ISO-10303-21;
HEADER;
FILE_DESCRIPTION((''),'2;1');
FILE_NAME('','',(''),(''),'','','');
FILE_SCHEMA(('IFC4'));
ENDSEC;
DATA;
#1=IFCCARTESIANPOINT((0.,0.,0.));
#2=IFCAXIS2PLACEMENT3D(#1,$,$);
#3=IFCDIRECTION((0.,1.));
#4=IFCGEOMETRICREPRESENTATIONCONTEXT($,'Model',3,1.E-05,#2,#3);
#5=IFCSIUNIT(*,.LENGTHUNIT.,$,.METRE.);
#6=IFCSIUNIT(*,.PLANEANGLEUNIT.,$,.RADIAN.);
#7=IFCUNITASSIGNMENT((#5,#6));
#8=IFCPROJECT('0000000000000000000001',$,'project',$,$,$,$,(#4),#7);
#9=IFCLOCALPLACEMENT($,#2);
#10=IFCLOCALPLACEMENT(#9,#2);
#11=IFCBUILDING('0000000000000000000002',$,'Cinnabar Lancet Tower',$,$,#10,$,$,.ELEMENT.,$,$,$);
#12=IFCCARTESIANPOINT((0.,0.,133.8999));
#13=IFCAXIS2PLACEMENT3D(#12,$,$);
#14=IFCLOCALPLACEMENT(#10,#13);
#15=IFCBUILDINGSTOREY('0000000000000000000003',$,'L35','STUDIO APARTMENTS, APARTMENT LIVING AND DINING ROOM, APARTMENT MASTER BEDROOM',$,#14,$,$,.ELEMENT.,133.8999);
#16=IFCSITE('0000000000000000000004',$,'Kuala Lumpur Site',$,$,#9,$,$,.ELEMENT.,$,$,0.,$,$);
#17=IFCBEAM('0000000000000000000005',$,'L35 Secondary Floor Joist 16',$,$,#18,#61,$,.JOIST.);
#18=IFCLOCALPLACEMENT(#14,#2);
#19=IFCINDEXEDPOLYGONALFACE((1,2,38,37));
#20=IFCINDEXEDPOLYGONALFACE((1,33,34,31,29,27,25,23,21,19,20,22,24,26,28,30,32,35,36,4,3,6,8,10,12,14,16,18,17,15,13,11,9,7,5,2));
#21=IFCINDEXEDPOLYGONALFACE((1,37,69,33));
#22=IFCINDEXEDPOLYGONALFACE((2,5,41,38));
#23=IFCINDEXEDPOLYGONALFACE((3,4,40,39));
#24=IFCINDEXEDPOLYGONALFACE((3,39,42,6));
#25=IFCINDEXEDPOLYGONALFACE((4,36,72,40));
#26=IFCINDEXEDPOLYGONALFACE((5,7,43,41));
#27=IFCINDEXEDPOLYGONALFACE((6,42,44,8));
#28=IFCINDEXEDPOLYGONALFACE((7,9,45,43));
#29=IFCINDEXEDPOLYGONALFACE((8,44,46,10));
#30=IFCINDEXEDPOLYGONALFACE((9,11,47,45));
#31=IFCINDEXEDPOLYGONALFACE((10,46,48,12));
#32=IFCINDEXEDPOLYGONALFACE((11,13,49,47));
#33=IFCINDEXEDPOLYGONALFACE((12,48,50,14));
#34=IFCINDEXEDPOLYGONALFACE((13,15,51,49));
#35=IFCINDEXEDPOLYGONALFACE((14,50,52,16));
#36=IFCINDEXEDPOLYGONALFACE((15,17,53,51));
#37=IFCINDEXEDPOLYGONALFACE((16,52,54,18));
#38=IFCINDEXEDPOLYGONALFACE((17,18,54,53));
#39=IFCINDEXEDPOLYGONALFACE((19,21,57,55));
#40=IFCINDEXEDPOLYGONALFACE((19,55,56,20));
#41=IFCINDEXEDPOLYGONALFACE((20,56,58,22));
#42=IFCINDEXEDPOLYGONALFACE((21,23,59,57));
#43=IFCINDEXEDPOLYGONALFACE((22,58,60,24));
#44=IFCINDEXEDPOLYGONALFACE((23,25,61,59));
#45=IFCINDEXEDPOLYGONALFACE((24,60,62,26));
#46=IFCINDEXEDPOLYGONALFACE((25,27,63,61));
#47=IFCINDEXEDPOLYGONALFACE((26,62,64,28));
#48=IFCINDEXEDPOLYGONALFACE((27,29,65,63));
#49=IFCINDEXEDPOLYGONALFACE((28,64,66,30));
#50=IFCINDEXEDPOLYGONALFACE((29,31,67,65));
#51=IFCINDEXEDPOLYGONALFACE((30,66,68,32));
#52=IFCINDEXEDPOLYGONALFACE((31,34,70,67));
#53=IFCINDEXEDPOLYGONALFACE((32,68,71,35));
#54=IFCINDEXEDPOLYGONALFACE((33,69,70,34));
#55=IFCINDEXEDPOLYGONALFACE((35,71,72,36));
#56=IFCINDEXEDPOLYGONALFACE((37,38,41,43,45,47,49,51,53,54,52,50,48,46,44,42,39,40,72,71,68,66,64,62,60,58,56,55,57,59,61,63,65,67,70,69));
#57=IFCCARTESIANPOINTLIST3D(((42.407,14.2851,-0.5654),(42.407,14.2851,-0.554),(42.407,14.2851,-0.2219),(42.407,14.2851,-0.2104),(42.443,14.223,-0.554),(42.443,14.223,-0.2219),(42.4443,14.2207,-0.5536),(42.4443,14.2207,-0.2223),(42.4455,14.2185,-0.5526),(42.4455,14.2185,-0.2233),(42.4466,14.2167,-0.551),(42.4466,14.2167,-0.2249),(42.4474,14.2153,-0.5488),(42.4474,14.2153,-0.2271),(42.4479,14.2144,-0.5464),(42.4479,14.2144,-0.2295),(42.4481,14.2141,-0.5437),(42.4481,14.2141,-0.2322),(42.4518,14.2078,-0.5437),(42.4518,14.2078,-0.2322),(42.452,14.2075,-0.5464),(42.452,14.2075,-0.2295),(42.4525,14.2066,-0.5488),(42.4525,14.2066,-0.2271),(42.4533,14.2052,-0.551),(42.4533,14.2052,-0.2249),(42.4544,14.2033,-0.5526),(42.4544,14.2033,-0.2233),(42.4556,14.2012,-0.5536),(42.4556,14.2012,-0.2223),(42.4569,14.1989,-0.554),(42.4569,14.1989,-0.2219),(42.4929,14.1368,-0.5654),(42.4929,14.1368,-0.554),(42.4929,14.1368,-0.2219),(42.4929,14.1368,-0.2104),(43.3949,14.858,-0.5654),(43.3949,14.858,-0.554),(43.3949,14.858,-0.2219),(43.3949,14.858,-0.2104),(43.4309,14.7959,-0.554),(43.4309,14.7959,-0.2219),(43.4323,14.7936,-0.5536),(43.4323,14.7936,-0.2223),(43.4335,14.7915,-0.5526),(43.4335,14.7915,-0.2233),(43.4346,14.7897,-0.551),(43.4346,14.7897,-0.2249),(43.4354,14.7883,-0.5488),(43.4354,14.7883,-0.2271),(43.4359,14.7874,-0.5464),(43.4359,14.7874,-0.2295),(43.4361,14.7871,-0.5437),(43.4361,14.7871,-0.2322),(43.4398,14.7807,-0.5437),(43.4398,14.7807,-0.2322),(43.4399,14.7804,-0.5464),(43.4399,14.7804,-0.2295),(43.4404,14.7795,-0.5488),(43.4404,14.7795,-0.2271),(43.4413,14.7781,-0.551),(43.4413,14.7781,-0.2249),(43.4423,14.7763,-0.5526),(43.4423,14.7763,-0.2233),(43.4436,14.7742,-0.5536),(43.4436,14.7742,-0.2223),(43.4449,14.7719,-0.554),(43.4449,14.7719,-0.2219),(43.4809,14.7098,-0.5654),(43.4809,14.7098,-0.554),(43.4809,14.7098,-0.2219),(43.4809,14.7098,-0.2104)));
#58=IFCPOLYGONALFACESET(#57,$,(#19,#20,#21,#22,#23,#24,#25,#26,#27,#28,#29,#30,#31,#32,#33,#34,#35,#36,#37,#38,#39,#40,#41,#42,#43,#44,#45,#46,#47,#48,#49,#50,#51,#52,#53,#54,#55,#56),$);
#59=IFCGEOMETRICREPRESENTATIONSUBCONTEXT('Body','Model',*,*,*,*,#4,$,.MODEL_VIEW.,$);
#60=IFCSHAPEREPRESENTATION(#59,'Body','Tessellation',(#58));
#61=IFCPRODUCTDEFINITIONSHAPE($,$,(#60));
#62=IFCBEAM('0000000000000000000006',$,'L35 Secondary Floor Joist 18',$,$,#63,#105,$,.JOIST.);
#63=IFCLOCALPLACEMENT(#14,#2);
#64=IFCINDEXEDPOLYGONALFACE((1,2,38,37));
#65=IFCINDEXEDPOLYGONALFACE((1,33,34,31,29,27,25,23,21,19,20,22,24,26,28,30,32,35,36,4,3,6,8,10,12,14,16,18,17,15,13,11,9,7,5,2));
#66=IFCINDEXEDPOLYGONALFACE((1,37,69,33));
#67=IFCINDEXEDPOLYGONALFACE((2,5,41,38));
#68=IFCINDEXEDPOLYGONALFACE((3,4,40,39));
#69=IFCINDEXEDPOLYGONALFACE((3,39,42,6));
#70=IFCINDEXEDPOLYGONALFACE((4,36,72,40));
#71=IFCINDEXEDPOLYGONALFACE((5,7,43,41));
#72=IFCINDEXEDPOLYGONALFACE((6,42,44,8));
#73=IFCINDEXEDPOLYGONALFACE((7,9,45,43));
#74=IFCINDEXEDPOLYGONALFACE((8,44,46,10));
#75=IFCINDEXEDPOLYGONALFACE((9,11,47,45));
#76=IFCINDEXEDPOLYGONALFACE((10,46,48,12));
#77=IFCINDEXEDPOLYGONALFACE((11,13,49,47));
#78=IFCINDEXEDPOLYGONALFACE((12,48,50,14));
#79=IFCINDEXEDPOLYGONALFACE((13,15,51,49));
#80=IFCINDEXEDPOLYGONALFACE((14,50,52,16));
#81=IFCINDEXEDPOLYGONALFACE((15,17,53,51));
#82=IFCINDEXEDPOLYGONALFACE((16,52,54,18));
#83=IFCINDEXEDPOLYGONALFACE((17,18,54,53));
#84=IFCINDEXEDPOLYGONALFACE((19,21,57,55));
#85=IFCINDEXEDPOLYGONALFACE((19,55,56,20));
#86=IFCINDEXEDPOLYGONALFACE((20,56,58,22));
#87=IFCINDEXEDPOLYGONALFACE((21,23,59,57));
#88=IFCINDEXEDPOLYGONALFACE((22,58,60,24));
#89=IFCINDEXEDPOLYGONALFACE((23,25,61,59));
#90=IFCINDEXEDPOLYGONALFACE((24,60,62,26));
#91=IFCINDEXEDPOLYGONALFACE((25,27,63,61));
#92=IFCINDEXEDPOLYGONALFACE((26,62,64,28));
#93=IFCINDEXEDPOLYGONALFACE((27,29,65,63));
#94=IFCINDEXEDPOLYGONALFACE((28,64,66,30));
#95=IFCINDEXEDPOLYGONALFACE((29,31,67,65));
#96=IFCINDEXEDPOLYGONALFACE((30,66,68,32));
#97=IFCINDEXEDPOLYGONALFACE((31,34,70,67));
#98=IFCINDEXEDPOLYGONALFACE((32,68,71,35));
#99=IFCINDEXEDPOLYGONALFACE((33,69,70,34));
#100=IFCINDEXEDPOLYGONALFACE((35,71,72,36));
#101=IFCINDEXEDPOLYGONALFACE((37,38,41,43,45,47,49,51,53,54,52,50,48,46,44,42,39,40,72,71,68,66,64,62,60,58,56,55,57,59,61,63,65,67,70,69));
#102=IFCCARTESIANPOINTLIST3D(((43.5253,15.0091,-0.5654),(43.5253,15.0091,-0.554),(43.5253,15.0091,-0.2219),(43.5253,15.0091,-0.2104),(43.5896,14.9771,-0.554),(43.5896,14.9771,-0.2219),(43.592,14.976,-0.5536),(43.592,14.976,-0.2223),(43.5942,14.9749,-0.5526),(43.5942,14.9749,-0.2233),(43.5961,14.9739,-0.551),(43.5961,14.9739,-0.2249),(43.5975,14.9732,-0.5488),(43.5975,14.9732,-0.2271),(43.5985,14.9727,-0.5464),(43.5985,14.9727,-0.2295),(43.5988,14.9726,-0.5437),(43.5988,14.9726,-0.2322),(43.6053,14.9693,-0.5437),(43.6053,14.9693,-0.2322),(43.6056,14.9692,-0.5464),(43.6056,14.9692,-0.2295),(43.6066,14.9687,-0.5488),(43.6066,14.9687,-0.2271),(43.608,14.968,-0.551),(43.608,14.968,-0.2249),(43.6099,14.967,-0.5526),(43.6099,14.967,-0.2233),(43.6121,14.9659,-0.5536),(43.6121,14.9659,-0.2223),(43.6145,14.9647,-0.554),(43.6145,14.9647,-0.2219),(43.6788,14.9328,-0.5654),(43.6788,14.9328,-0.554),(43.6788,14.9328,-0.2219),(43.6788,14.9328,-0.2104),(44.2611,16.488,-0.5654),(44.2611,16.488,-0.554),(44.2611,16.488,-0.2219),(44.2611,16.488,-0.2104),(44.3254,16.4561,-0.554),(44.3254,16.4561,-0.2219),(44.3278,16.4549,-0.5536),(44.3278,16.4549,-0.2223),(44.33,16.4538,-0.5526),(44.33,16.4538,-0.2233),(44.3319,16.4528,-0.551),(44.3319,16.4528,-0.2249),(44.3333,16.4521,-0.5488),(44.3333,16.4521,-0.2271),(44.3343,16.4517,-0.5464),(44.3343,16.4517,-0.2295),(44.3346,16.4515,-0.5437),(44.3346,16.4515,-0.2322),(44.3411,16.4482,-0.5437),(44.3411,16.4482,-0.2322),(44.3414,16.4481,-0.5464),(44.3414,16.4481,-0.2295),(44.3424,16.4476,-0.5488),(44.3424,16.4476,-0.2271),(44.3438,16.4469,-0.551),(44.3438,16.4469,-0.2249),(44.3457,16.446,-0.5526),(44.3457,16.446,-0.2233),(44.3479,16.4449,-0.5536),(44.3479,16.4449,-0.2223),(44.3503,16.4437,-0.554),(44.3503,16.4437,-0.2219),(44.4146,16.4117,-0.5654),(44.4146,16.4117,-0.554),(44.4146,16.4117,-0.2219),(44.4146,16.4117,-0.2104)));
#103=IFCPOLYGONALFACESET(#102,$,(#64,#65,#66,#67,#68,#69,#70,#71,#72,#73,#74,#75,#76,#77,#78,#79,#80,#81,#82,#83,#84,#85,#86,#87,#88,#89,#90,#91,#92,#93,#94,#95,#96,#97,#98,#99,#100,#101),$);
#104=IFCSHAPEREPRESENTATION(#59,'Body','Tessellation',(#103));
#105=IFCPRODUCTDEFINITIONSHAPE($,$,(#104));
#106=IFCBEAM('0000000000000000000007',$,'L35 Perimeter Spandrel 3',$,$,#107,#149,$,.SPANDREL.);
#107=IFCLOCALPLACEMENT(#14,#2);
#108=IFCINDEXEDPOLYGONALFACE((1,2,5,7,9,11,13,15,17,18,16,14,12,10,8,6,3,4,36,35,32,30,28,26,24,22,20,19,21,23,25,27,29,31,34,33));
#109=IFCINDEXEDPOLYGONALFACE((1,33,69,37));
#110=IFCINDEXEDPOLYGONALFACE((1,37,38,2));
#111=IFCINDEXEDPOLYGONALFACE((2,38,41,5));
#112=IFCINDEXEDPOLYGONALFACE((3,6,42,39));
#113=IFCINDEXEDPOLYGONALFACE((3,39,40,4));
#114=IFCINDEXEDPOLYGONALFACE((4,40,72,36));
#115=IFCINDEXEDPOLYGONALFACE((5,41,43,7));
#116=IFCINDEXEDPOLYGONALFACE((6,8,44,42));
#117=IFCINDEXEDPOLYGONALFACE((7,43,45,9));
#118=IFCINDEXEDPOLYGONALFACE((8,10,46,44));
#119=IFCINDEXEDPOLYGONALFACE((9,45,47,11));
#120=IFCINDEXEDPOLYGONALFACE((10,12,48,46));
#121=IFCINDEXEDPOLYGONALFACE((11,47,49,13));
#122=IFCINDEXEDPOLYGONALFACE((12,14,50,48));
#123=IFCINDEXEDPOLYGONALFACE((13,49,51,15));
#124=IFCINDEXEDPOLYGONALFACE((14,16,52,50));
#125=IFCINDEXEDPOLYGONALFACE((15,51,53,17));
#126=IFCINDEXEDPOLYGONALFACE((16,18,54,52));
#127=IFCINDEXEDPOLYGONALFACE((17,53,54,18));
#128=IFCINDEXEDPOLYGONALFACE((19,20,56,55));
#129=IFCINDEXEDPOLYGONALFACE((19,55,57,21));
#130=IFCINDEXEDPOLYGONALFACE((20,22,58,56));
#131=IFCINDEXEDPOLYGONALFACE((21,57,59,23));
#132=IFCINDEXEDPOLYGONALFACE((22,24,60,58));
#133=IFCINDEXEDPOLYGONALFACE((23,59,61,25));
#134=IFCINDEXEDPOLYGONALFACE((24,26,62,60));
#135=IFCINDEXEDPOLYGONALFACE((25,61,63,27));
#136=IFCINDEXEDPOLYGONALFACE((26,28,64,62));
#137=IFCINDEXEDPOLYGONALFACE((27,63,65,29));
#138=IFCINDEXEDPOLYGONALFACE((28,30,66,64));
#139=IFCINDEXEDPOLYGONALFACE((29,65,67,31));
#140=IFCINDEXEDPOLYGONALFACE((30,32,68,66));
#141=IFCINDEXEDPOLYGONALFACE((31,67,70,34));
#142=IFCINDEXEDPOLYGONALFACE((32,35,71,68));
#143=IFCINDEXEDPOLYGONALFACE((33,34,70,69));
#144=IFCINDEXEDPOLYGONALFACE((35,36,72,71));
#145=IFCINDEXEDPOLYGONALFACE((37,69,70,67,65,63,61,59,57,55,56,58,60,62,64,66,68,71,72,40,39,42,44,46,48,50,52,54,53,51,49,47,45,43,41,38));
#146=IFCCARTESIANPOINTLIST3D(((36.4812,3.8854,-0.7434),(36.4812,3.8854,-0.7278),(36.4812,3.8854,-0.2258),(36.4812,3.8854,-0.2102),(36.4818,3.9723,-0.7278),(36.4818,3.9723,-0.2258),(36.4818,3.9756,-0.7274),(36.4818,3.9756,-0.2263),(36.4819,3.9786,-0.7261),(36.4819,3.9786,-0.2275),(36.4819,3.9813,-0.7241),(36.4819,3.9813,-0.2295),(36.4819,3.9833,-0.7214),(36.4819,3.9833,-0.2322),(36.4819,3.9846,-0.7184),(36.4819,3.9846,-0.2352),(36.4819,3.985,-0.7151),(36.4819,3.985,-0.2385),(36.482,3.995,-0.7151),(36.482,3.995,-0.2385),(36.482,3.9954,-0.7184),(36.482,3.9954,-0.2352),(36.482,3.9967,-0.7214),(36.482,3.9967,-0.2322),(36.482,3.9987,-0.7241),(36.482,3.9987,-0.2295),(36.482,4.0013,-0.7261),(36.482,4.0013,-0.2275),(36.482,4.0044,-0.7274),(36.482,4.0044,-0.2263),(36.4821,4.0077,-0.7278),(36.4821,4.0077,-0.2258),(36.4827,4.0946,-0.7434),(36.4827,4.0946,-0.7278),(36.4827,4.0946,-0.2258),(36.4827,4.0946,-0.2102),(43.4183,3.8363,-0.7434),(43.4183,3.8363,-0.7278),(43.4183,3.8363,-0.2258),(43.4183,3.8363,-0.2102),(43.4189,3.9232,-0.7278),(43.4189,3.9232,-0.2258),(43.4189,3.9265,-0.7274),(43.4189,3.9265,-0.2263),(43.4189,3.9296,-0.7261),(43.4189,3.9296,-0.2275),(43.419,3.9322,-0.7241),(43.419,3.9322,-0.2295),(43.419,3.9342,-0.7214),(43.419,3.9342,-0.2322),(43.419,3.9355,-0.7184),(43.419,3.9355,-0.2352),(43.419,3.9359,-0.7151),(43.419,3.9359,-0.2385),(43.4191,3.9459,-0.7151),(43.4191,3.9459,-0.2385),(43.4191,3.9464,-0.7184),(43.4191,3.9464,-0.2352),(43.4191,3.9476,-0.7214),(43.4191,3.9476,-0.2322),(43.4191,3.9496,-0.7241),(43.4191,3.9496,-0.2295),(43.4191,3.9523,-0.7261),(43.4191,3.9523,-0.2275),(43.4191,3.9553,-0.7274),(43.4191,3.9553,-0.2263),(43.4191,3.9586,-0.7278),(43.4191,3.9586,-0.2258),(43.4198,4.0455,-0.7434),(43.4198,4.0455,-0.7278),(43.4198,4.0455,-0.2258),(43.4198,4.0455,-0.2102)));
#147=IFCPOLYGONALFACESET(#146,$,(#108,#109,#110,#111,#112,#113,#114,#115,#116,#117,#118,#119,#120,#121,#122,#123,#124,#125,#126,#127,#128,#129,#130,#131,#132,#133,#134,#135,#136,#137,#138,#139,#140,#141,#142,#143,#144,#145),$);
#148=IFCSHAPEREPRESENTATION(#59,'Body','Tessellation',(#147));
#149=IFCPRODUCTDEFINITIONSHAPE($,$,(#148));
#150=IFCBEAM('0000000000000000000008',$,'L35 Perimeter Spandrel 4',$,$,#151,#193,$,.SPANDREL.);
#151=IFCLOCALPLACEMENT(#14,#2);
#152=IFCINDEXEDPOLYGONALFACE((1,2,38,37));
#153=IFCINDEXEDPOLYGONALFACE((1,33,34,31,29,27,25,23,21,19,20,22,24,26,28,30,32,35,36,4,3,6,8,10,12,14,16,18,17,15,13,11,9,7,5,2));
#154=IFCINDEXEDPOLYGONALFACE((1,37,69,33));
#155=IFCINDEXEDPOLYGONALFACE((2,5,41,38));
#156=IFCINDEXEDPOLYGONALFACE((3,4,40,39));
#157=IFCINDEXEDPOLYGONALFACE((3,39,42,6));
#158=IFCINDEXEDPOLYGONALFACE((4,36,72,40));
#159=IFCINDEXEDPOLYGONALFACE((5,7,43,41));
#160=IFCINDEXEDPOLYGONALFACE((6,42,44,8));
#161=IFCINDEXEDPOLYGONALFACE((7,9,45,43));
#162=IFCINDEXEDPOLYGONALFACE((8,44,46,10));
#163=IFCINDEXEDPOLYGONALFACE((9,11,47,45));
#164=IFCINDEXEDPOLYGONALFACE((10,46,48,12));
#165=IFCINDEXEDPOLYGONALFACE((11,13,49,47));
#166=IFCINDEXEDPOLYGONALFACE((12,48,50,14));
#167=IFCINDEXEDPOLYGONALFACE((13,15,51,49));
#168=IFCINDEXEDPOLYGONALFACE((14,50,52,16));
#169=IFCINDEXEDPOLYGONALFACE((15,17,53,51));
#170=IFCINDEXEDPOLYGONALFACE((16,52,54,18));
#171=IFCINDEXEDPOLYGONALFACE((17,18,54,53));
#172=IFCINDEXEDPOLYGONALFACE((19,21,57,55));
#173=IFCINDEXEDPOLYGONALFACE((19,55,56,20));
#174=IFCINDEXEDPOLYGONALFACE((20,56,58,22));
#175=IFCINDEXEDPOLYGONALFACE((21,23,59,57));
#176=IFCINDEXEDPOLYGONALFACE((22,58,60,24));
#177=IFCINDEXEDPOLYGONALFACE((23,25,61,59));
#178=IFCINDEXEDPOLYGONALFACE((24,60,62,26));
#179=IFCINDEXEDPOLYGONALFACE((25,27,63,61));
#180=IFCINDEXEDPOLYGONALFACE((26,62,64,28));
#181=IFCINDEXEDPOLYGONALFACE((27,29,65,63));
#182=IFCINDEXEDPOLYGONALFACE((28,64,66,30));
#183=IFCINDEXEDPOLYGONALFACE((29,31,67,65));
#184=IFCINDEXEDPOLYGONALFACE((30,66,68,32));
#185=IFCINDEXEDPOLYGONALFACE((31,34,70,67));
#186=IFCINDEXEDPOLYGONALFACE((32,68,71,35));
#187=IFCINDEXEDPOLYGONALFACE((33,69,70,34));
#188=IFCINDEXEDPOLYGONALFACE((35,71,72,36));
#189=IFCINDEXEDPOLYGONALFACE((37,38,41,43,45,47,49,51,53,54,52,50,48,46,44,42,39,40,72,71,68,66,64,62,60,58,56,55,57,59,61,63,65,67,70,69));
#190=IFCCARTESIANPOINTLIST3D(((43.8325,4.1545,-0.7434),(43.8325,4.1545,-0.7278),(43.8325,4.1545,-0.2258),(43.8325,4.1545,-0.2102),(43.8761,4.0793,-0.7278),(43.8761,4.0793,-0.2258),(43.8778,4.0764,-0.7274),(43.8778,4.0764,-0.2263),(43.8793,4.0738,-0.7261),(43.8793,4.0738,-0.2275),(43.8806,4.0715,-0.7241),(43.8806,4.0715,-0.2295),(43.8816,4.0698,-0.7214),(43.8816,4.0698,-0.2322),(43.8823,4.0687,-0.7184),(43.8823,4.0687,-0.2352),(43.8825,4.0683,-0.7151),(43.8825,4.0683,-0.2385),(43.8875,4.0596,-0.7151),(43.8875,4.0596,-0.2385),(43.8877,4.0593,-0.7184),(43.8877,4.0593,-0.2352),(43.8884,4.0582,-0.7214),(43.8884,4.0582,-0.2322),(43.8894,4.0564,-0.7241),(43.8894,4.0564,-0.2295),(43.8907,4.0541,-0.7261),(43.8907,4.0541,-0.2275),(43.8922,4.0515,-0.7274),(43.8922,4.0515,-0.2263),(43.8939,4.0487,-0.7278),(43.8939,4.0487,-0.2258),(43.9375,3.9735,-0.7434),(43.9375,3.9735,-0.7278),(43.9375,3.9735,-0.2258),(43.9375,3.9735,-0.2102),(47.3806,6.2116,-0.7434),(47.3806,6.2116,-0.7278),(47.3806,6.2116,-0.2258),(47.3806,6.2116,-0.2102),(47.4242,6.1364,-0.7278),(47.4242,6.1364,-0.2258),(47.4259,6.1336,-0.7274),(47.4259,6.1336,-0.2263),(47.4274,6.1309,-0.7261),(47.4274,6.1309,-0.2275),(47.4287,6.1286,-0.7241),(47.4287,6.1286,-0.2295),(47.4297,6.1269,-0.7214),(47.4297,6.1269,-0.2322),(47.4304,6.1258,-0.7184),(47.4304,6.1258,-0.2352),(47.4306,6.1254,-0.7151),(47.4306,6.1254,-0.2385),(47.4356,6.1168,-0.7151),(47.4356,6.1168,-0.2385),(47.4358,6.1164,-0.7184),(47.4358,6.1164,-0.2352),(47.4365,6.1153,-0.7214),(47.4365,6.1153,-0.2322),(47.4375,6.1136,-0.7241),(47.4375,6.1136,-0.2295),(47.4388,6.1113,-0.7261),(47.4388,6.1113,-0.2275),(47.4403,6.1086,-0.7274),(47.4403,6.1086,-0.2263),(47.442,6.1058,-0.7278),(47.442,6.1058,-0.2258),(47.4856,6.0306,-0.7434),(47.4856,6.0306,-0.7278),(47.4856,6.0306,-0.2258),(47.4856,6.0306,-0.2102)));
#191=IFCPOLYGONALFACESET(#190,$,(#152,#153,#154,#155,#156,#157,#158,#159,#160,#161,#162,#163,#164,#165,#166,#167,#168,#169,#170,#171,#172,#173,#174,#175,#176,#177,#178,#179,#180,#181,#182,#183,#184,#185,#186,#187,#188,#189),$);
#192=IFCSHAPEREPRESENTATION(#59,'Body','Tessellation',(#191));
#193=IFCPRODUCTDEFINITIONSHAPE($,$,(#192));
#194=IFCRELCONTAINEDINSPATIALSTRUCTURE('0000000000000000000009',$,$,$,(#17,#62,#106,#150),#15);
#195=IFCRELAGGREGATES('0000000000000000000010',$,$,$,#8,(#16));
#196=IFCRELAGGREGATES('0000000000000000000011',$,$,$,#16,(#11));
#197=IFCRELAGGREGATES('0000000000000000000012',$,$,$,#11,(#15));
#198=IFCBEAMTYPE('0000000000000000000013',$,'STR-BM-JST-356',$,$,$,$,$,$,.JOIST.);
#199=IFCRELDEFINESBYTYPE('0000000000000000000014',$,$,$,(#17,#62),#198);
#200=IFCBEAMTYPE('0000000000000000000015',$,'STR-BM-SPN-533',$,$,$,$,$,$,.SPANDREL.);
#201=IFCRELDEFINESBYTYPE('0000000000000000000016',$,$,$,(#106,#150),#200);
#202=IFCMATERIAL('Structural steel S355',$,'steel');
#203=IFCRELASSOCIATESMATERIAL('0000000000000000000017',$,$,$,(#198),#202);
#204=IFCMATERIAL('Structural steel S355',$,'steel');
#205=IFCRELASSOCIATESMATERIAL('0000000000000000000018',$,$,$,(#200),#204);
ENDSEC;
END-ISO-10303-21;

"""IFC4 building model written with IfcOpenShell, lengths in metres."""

from ifc_helpers import new_model, si_unit, direction, frame, origin, origin_2d, place, context, subcontext, project, spatial, i_section, extrude, material, material_profile, profile_set, type_object, element, save


model = new_model("IFC4")

# Units and contexts
model_context = context("Model", 3, precision=1e-05, world=origin(), true_north=direction((0.0, 1.0)))
body_context = subcontext(model_context, "Body", "Model", "MODEL_VIEW")
ifc_project = project(units=[si_unit("LENGTHUNIT", "METRE"), si_unit("PLANEANGLEUNIT", "RADIAN")], contexts=[model_context])

# Site, building, storey
site_placement = place(None, origin())
site = spatial("IfcSite", under=ifc_project, at=site_placement, Name="Kuala Lumpur Site", CompositionType="ELEMENT", RefElevation=0.0)
building_placement = place(site_placement, origin())
building = spatial("IfcBuilding", under=site, at=building_placement, Name="Cinnabar Lancet Tower", CompositionType="ELEMENT")
storey_placement = place(building_placement, frame((0.0, 0.0, 133.8999)))
storey = spatial("IfcBuildingStorey", under=building, at=storey_placement, Name="L35", Description="STUDIO APARTMENTS, APARTMENT LIVING AND DINING ROOM, APARTMENT MASTER BEDROOM", CompositionType="ELEMENT", Elevation=133.8999)

# Beams
ifc_material_1 = material(Name="Structural steel S355", Category="steel")
ifc_material_profile_1 = material_profile(ifc_material_1, i_section(OverallWidth=0.1714, OverallDepth=0.355, WebThickness=0.0073, FlangeThickness=0.0115, FilletRadius=0.0103, at=origin_2d()), Name="UKB 356x171x51")
ifc_profile_set_1 = profile_set([ifc_material_profile_1], Name="Structural steel S355")
beam_type_1 = type_object("IfcBeamType", Name="STR-BM-JST-356", PredefinedType="JOIST", material=ifc_profile_set_1)
beam_1_placement = place(storey_placement, frame((42.45, 14.2109, -0.3879), z_axis=(0.865055, 0.501677, 0.0), x_axis=(-0.501677, 0.865055, 0.0)))
element("IfcBeam", 1, at=beam_1_placement, inside=storey, type_object=beam_type_1, Name="L35 Secondary Floor Joist 16", PredefinedType="JOIST", context=body_context, shape_type="SweptSolid", body=[
    extrude(i_section(OverallWidth=0.1714, OverallDepth=0.355, WebThickness=0.0073, FlangeThickness=0.0115, FilletRadius=0.0103, at=origin_2d()), origin(), (0.0, 0.0, 1.0), 1.1421),
])
beam_2_placement = place(storey_placement, frame((43.6021, 14.9709, -0.3879), z_axis=(0.445439, 0.895312, 0.0), x_axis=(-0.895312, 0.445439, 0.0)))
element("IfcBeam", 2, at=beam_2_placement, inside=storey, type_object=beam_type_1, Name="L35 Secondary Floor Joist 18", PredefinedType="JOIST", context=body_context, shape_type="SweptSolid", body=[
    extrude(i_section(OverallWidth=0.1714, OverallDepth=0.355, WebThickness=0.0073, FlangeThickness=0.0115, FilletRadius=0.0103, at=origin_2d()), origin(), (0.0, 0.0, 1.0), 1.6519),
])
ifc_material_2 = material(Name="Structural steel S355", Category="steel")
ifc_material_profile_2 = material_profile(ifc_material_2, i_section(OverallWidth=0.2092, OverallDepth=0.5332, WebThickness=0.01, FlangeThickness=0.0156, FilletRadius=0.0127, at=origin_2d()), Name="UKB 533x210x92")
ifc_profile_set_2 = profile_set([ifc_material_profile_2], Name="Structural steel S355")
beam_type_2 = type_object("IfcBeamType", Name="STR-BM-SPN-533", PredefinedType="SPANDREL", material=ifc_profile_set_2)
beam_3_placement = place(storey_placement, frame((36.4819, 3.99, -0.4768), z_axis=(0.999975, -0.007074, 0.0), x_axis=(0.007074, 0.999975, 0.0)))
element("IfcBeam", 3, at=beam_3_placement, inside=storey, type_object=beam_type_2, Name="L35 Perimeter Spandrel 3", PredefinedType="SPANDREL", context=body_context, shape_type="SweptSolid", body=[
    extrude(i_section(OverallWidth=0.2092, OverallDepth=0.5332, WebThickness=0.01, FlangeThickness=0.0156, FilletRadius=0.0127, at=origin_2d()), origin(), (0.0, 0.0, 1.0), 6.9373),
])
beam_4_placement = place(storey_placement, frame((43.885, 4.064, -0.4768), z_axis=(0.865112, 0.501578, 0.0), x_axis=(-0.501578, 0.865112, 0.0)))
element("IfcBeam", 4, at=beam_4_placement, inside=storey, type_object=beam_type_2, Name="L35 Perimeter Spandrel 4", PredefinedType="SPANDREL", context=body_context, shape_type="SweptSolid", body=[
    extrude(i_section(OverallWidth=0.2092, OverallDepth=0.5332, WebThickness=0.01, FlangeThickness=0.0156, FilletRadius=0.0127, at=origin_2d()), origin(), (0.0, 0.0, 1.0), 4.1013),
])

save(model, "model.ifc")
